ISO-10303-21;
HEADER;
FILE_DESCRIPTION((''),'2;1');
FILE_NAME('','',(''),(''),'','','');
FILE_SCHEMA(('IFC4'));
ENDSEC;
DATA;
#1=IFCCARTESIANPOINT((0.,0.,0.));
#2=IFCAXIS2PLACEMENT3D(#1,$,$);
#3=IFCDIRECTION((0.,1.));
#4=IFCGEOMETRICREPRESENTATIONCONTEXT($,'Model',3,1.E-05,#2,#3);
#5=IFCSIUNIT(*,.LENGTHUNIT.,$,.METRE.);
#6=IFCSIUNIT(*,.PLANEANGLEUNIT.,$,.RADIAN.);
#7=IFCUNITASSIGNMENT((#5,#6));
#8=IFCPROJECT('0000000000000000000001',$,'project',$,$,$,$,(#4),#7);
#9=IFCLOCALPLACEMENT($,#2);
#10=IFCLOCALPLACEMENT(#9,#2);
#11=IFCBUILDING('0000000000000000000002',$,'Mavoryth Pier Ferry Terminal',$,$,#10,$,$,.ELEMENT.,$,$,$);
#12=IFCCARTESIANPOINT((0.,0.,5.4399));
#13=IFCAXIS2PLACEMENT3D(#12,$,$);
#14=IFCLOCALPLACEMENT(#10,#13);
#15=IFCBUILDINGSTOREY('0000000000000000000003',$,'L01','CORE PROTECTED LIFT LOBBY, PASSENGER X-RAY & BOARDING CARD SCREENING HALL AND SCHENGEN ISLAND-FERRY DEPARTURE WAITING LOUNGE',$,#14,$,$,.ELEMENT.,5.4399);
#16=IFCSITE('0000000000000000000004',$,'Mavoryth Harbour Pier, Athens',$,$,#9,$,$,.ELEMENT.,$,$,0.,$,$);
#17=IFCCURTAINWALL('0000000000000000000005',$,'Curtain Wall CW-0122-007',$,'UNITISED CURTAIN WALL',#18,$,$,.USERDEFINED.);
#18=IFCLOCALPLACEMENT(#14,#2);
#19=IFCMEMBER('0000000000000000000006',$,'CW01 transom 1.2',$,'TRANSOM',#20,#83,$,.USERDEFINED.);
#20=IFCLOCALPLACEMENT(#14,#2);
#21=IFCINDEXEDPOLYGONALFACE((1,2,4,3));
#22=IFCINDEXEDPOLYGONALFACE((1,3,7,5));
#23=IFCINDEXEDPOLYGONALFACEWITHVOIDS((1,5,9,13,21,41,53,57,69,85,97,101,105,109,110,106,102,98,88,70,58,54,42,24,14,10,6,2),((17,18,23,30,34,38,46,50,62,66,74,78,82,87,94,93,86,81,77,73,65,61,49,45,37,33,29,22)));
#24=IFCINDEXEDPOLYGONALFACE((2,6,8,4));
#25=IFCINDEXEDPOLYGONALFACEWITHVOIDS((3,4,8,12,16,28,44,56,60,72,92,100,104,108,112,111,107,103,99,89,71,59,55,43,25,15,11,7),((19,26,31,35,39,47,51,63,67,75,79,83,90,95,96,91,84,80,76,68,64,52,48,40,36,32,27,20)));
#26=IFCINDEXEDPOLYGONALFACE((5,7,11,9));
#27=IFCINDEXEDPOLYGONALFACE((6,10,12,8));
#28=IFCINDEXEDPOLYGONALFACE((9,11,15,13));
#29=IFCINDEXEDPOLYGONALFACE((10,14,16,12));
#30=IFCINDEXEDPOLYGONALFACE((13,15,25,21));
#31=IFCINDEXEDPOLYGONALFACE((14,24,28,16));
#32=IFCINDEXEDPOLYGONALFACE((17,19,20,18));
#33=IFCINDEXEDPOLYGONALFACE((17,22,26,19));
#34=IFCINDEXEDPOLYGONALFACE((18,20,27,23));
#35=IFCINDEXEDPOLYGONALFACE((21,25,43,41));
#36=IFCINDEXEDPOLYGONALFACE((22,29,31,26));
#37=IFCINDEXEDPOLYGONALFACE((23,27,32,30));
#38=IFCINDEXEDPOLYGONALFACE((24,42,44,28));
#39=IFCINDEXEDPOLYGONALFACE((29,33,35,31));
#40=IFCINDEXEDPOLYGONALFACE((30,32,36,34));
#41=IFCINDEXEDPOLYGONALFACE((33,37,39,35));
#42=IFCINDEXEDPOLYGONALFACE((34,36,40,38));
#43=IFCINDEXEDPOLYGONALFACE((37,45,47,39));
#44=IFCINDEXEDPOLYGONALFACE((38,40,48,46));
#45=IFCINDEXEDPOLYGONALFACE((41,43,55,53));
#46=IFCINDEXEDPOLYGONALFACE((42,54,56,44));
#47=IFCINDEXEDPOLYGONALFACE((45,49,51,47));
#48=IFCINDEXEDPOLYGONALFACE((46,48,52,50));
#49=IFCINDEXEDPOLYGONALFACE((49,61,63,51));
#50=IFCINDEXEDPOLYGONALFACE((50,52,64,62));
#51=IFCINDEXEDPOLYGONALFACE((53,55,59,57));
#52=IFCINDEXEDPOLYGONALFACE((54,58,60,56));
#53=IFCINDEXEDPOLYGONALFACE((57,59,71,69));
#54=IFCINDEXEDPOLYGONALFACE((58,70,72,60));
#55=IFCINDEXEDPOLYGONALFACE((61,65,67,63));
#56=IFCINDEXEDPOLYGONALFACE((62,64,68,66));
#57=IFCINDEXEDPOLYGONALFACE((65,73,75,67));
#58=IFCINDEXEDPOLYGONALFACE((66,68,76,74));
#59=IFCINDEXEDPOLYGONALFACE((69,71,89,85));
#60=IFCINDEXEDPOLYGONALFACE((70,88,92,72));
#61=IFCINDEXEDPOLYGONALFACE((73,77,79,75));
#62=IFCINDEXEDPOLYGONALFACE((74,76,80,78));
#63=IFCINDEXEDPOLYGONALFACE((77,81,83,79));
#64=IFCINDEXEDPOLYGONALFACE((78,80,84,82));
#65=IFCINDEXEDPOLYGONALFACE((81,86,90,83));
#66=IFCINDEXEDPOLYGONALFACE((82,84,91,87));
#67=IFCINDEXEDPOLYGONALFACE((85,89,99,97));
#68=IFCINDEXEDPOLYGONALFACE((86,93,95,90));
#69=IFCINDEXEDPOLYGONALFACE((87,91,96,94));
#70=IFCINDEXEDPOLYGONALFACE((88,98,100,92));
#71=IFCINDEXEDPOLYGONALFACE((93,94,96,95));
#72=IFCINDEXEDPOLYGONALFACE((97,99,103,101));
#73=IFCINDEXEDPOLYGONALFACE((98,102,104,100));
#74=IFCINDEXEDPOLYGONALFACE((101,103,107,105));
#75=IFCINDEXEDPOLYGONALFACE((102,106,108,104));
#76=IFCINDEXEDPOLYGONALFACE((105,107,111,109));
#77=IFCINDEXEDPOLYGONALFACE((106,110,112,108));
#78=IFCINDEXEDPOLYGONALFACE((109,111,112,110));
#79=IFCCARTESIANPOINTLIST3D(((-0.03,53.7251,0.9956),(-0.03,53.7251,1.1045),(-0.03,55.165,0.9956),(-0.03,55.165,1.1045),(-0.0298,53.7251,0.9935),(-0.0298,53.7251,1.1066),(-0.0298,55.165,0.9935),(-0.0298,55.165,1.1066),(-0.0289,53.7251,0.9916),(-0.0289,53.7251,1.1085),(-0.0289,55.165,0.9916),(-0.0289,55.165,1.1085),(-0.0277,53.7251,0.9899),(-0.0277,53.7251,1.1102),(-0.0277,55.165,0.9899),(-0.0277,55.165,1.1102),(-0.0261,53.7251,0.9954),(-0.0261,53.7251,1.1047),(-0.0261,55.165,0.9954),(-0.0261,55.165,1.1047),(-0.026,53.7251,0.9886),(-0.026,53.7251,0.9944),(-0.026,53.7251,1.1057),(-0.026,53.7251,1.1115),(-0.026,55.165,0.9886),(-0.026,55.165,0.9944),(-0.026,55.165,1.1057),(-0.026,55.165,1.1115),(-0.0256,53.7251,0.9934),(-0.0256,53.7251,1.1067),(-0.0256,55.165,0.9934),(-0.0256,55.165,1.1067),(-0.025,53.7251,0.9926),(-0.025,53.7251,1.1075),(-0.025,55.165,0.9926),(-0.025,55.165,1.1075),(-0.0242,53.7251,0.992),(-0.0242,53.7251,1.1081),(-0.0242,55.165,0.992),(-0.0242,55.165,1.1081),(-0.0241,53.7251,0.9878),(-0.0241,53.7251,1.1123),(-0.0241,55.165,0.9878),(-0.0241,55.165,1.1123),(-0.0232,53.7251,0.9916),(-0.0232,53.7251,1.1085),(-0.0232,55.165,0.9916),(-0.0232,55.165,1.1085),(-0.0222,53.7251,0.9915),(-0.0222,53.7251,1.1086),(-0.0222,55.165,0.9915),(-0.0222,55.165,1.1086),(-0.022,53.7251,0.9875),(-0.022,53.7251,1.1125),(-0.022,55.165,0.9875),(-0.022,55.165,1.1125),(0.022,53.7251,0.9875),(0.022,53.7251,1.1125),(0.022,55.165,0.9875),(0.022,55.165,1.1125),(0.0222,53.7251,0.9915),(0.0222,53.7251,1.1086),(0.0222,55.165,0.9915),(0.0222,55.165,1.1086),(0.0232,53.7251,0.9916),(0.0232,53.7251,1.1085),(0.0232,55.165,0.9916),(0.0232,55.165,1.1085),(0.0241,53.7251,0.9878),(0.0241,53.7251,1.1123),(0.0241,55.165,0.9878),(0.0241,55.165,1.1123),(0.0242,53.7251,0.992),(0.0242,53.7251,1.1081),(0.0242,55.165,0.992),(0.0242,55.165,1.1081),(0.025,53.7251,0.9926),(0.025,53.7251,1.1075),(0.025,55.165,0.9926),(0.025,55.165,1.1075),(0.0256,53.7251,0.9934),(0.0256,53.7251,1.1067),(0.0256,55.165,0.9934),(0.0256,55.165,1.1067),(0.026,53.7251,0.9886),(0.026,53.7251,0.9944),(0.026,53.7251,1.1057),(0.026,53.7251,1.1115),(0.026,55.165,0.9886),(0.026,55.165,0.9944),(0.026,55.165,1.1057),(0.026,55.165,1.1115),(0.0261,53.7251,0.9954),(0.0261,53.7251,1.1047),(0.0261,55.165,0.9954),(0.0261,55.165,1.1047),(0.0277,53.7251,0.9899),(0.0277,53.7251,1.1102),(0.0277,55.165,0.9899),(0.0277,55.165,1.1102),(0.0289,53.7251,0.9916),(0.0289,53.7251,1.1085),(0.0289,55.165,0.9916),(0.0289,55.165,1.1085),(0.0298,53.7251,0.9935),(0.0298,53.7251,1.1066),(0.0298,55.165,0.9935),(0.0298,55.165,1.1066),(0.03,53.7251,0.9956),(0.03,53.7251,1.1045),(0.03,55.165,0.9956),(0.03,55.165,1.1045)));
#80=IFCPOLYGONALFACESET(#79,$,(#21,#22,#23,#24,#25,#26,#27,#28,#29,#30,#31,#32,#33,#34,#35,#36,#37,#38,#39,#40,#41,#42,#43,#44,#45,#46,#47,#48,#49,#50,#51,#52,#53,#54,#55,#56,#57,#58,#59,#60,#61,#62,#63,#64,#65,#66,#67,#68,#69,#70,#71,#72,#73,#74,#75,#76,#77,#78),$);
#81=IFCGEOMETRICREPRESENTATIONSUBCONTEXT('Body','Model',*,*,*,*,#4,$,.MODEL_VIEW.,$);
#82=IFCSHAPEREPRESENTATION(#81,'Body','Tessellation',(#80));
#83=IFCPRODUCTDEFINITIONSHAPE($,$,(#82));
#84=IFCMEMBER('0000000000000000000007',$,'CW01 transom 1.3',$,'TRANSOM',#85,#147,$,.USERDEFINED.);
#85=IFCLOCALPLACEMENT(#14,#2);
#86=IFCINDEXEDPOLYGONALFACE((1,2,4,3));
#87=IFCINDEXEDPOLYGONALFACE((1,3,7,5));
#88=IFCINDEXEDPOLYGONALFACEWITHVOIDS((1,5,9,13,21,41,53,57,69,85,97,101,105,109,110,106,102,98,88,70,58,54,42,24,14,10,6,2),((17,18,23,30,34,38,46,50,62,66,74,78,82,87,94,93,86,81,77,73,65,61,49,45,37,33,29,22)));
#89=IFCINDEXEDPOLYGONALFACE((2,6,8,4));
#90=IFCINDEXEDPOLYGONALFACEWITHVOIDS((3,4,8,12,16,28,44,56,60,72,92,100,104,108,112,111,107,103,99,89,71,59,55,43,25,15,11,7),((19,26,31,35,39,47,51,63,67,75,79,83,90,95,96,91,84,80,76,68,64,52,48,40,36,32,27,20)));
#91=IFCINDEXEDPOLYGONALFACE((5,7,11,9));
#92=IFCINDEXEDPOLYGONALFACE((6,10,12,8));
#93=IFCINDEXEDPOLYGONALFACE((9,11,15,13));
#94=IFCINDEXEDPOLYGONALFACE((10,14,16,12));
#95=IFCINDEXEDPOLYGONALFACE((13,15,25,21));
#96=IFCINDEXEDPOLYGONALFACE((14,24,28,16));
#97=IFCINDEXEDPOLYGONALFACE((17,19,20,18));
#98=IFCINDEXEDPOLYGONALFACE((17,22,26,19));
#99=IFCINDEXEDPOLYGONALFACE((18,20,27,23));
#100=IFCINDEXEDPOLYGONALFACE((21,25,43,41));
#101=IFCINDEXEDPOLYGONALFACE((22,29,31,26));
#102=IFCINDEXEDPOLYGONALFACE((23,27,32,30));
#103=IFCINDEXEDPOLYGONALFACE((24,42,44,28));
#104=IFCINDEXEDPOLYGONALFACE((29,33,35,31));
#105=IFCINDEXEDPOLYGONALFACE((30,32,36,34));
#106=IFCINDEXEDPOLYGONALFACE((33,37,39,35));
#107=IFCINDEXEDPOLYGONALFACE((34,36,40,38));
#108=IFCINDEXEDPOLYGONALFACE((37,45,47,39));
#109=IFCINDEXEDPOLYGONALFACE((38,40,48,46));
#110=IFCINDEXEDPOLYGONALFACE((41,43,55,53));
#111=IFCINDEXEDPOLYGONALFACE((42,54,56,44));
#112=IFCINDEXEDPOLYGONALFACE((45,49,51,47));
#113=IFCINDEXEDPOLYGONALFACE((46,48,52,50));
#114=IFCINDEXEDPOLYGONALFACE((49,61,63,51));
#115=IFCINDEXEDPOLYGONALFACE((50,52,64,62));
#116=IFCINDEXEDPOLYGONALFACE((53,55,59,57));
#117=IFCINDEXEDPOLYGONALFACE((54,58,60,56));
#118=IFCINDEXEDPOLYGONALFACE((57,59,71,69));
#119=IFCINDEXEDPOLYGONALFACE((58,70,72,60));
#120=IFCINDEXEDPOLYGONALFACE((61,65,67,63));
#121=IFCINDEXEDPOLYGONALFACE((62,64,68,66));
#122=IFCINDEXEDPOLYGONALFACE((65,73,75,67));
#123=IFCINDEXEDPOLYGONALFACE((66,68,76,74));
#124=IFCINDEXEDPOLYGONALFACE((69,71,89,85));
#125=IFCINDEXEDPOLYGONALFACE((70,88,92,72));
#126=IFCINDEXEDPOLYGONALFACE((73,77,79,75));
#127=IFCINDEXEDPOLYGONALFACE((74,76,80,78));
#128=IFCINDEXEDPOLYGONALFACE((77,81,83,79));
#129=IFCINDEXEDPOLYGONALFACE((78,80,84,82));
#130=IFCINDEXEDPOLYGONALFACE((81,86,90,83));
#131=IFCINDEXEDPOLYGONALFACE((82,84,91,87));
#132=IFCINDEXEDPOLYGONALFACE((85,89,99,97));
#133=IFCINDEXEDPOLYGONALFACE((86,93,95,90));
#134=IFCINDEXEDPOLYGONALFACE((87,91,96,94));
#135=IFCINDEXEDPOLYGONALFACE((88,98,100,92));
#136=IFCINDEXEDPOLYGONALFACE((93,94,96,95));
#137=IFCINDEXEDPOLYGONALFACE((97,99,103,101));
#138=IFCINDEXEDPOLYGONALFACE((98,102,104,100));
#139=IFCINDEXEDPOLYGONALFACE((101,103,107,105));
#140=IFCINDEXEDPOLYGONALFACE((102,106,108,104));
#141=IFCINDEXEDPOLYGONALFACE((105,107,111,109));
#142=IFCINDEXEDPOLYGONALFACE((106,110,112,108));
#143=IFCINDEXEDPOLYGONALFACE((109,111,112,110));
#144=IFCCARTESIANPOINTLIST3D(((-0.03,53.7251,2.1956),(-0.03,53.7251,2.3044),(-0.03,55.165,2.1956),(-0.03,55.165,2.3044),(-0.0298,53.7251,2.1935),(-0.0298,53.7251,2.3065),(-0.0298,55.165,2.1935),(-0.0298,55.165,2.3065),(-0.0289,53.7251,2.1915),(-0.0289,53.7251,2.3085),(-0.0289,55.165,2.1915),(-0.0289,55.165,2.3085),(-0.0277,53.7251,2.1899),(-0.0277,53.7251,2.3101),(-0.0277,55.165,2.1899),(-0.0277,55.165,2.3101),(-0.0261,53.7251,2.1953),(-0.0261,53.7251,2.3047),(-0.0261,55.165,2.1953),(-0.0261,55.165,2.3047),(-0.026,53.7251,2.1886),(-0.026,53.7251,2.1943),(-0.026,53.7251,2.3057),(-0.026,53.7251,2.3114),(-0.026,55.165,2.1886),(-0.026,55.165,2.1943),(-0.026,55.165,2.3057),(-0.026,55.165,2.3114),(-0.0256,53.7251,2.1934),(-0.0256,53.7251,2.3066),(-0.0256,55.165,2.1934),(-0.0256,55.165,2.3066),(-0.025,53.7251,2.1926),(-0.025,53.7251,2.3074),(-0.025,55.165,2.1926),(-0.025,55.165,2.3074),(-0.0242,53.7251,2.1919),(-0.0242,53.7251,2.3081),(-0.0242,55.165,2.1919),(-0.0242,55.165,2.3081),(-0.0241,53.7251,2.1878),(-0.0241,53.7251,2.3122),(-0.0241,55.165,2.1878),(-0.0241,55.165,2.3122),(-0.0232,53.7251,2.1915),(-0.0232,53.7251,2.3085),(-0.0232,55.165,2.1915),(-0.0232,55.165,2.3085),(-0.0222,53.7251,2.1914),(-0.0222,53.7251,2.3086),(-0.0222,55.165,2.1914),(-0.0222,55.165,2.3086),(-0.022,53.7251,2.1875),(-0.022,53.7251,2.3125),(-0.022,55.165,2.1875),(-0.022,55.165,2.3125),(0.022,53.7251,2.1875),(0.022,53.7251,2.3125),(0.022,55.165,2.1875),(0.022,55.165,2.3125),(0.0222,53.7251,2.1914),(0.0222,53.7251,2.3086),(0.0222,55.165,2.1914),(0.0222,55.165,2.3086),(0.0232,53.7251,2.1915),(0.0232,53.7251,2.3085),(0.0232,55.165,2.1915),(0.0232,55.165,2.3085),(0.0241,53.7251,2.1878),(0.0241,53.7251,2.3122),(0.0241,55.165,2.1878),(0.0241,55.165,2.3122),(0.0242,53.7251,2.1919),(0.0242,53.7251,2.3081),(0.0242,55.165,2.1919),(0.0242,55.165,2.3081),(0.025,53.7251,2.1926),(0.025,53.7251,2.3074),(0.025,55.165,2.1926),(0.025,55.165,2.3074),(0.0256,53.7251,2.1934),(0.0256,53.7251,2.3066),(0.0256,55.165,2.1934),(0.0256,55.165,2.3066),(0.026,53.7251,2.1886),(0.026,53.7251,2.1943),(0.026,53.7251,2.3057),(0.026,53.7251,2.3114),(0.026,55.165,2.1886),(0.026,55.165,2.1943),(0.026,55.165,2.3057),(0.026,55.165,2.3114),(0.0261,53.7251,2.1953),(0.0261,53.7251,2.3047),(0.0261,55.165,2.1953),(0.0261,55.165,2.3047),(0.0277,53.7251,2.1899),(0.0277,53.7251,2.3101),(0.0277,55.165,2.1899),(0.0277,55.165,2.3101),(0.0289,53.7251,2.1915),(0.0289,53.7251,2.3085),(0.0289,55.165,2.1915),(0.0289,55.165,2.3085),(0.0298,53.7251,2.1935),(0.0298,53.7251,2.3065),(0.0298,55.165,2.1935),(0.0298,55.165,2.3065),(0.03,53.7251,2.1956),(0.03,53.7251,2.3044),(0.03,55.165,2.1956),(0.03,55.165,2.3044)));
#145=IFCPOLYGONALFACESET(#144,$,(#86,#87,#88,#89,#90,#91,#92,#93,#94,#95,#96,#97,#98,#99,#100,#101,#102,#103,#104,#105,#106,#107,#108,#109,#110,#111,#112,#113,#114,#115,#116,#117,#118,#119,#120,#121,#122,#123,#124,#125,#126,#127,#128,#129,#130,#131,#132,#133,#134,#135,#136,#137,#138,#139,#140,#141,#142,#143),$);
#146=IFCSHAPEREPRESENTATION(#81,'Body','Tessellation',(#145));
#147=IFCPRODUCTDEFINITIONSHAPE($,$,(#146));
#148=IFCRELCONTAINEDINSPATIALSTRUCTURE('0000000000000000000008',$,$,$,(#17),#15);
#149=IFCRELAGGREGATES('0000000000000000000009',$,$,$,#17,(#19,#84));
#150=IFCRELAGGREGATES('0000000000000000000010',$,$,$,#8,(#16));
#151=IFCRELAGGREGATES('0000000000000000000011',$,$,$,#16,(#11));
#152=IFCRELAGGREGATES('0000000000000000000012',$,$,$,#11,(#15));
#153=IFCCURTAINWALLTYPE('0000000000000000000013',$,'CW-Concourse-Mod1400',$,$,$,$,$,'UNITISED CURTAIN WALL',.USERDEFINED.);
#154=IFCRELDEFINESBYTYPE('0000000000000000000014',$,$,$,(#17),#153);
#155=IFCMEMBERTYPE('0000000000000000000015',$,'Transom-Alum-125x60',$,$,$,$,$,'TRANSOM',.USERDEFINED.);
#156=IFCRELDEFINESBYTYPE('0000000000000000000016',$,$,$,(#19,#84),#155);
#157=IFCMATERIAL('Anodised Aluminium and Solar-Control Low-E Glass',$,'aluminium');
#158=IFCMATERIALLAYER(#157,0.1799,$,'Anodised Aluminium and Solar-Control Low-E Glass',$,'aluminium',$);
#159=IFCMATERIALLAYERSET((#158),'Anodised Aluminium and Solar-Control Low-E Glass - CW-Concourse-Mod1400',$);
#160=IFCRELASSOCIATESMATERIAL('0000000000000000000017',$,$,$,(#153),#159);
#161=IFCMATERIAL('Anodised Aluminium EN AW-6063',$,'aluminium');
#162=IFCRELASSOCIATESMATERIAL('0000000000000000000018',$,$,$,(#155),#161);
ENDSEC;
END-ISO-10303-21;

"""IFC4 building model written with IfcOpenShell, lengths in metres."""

from ifc_helpers import new_model, si_unit, direction, frame, origin, origin_2d, place, context, subcontext, project, spatial, hollow_rectangle, extrude, material, layer, layer_set, material_profile, profile_set, type_object, element, aggregate, save


model = new_model("IFC4")

# Units and contexts
model_context = context("Model", 3, precision=1e-05, world=origin(), true_north=direction((0.0, 1.0)))
body_context = subcontext(model_context, "Body", "Model", "MODEL_VIEW")
ifc_project = project(units=[si_unit("LENGTHUNIT", "METRE"), si_unit("PLANEANGLEUNIT", "RADIAN")], contexts=[model_context])

# Site, building, storey
site_placement = place(None, origin())
site = spatial("IfcSite", under=ifc_project, at=site_placement, Name="Mavoryth Harbour Pier, Athens", CompositionType="ELEMENT", RefElevation=0.0)
building_placement = place(site_placement, origin())
building = spatial("IfcBuilding", under=site, at=building_placement, Name="Mavoryth Pier Ferry Terminal", CompositionType="ELEMENT")
storey_placement = place(building_placement, frame((0.0, 0.0, 5.4399)))
storey = spatial("IfcBuildingStorey", under=building, at=storey_placement, Name="L01", Description="CORE PROTECTED LIFT LOBBY, PASSENGER X-RAY & BOARDING CARD SCREENING HALL AND SCHENGEN ISLAND-FERRY DEPARTURE WAITING LOUNGE", CompositionType="ELEMENT", Elevation=5.4399)

# Curtain wall
ifc_material_1 = material(Name="Anodised Aluminium and Solar-Control Low-E Glass", Category="aluminium")
ifc_layer_1 = layer(ifc_material_1, 0.1799, Name="Anodised Aluminium and Solar-Control Low-E Glass", Category="aluminium")
ifc_layer_set_1 = layer_set([ifc_layer_1], Name="Anodised Aluminium and Solar-Control Low-E Glass - CW-Concourse-Mod1400")
curtain_wall_type = type_object("IfcCurtainWallType", Name="CW-Concourse-Mod1400", ElementType="UNITISED CURTAIN WALL", PredefinedType="USERDEFINED", material=ifc_layer_set_1)
curtain_wall_1_placement = place(storey_placement, origin())
curtain_wall_1 = element("IfcCurtainWall", 1, at=curtain_wall_1_placement, inside=storey, type_object=curtain_wall_type, Name="Curtain Wall CW-0122-007", ObjectType="UNITISED CURTAIN WALL", PredefinedType="USERDEFINED")
ifc_material_2 = material(Name="Anodised Aluminium EN AW-6063", Category="aluminium")

# Members
ifc_material_profile_1 = material_profile(ifc_material_2, hollow_rectangle(XDim=0.0601, YDim=0.125, WallThickness=0.0039, InnerFilletRadius=0.0039, OuterFilletRadius=0.0081, at=origin_2d()), Name="AL-TRAN 125x60x4", Category="aluminium")
ifc_profile_set_1 = profile_set([ifc_material_profile_1], Name="Anodised Aluminium EN AW-6063 - AL-TRAN 125x60x4")
member_type_1 = type_object("IfcMemberType", Name="Transom-Alum-125x60", ElementType="TRANSOM", PredefinedType="USERDEFINED", material=ifc_profile_set_1)
member_1_placement = place(storey_placement, frame((0.0, 55.165, 1.05), z_axis=(0.0, -1.0, 0.0), x_axis=(1.0, 0.0, 0.0)))
member_1 = element("IfcMember", 2, at=member_1_placement, type_object=member_type_1, Name="CW01 transom 1.2", ObjectType="TRANSOM", PredefinedType="USERDEFINED", context=body_context, shape_type="SweptSolid", body=[
    extrude(hollow_rectangle(XDim=0.0601, YDim=0.125, WallThickness=0.0039, InnerFilletRadius=0.0039, OuterFilletRadius=0.0081, at=origin_2d()), origin(), (0.0, 0.0, 1.0), 1.4399),
])
member_2_placement = place(storey_placement, frame((0.0, 55.165, 2.25), z_axis=(0.0, -1.0, 0.0), x_axis=(1.0, 0.0, 0.0)))
member_2 = element("IfcMember", 3, at=member_2_placement, type_object=member_type_1, Name="CW01 transom 1.3", ObjectType="TRANSOM", PredefinedType="USERDEFINED", context=body_context, shape_type="SweptSolid", body=[
    extrude(hollow_rectangle(XDim=0.0601, YDim=0.125, WallThickness=0.0039, InnerFilletRadius=0.0039, OuterFilletRadius=0.0081, at=origin_2d()), origin(), (0.0, 0.0, 1.0), 1.4399),
])

aggregate(curtain_wall_1, [member_1, member_2])

save(model, "model.ifc")
